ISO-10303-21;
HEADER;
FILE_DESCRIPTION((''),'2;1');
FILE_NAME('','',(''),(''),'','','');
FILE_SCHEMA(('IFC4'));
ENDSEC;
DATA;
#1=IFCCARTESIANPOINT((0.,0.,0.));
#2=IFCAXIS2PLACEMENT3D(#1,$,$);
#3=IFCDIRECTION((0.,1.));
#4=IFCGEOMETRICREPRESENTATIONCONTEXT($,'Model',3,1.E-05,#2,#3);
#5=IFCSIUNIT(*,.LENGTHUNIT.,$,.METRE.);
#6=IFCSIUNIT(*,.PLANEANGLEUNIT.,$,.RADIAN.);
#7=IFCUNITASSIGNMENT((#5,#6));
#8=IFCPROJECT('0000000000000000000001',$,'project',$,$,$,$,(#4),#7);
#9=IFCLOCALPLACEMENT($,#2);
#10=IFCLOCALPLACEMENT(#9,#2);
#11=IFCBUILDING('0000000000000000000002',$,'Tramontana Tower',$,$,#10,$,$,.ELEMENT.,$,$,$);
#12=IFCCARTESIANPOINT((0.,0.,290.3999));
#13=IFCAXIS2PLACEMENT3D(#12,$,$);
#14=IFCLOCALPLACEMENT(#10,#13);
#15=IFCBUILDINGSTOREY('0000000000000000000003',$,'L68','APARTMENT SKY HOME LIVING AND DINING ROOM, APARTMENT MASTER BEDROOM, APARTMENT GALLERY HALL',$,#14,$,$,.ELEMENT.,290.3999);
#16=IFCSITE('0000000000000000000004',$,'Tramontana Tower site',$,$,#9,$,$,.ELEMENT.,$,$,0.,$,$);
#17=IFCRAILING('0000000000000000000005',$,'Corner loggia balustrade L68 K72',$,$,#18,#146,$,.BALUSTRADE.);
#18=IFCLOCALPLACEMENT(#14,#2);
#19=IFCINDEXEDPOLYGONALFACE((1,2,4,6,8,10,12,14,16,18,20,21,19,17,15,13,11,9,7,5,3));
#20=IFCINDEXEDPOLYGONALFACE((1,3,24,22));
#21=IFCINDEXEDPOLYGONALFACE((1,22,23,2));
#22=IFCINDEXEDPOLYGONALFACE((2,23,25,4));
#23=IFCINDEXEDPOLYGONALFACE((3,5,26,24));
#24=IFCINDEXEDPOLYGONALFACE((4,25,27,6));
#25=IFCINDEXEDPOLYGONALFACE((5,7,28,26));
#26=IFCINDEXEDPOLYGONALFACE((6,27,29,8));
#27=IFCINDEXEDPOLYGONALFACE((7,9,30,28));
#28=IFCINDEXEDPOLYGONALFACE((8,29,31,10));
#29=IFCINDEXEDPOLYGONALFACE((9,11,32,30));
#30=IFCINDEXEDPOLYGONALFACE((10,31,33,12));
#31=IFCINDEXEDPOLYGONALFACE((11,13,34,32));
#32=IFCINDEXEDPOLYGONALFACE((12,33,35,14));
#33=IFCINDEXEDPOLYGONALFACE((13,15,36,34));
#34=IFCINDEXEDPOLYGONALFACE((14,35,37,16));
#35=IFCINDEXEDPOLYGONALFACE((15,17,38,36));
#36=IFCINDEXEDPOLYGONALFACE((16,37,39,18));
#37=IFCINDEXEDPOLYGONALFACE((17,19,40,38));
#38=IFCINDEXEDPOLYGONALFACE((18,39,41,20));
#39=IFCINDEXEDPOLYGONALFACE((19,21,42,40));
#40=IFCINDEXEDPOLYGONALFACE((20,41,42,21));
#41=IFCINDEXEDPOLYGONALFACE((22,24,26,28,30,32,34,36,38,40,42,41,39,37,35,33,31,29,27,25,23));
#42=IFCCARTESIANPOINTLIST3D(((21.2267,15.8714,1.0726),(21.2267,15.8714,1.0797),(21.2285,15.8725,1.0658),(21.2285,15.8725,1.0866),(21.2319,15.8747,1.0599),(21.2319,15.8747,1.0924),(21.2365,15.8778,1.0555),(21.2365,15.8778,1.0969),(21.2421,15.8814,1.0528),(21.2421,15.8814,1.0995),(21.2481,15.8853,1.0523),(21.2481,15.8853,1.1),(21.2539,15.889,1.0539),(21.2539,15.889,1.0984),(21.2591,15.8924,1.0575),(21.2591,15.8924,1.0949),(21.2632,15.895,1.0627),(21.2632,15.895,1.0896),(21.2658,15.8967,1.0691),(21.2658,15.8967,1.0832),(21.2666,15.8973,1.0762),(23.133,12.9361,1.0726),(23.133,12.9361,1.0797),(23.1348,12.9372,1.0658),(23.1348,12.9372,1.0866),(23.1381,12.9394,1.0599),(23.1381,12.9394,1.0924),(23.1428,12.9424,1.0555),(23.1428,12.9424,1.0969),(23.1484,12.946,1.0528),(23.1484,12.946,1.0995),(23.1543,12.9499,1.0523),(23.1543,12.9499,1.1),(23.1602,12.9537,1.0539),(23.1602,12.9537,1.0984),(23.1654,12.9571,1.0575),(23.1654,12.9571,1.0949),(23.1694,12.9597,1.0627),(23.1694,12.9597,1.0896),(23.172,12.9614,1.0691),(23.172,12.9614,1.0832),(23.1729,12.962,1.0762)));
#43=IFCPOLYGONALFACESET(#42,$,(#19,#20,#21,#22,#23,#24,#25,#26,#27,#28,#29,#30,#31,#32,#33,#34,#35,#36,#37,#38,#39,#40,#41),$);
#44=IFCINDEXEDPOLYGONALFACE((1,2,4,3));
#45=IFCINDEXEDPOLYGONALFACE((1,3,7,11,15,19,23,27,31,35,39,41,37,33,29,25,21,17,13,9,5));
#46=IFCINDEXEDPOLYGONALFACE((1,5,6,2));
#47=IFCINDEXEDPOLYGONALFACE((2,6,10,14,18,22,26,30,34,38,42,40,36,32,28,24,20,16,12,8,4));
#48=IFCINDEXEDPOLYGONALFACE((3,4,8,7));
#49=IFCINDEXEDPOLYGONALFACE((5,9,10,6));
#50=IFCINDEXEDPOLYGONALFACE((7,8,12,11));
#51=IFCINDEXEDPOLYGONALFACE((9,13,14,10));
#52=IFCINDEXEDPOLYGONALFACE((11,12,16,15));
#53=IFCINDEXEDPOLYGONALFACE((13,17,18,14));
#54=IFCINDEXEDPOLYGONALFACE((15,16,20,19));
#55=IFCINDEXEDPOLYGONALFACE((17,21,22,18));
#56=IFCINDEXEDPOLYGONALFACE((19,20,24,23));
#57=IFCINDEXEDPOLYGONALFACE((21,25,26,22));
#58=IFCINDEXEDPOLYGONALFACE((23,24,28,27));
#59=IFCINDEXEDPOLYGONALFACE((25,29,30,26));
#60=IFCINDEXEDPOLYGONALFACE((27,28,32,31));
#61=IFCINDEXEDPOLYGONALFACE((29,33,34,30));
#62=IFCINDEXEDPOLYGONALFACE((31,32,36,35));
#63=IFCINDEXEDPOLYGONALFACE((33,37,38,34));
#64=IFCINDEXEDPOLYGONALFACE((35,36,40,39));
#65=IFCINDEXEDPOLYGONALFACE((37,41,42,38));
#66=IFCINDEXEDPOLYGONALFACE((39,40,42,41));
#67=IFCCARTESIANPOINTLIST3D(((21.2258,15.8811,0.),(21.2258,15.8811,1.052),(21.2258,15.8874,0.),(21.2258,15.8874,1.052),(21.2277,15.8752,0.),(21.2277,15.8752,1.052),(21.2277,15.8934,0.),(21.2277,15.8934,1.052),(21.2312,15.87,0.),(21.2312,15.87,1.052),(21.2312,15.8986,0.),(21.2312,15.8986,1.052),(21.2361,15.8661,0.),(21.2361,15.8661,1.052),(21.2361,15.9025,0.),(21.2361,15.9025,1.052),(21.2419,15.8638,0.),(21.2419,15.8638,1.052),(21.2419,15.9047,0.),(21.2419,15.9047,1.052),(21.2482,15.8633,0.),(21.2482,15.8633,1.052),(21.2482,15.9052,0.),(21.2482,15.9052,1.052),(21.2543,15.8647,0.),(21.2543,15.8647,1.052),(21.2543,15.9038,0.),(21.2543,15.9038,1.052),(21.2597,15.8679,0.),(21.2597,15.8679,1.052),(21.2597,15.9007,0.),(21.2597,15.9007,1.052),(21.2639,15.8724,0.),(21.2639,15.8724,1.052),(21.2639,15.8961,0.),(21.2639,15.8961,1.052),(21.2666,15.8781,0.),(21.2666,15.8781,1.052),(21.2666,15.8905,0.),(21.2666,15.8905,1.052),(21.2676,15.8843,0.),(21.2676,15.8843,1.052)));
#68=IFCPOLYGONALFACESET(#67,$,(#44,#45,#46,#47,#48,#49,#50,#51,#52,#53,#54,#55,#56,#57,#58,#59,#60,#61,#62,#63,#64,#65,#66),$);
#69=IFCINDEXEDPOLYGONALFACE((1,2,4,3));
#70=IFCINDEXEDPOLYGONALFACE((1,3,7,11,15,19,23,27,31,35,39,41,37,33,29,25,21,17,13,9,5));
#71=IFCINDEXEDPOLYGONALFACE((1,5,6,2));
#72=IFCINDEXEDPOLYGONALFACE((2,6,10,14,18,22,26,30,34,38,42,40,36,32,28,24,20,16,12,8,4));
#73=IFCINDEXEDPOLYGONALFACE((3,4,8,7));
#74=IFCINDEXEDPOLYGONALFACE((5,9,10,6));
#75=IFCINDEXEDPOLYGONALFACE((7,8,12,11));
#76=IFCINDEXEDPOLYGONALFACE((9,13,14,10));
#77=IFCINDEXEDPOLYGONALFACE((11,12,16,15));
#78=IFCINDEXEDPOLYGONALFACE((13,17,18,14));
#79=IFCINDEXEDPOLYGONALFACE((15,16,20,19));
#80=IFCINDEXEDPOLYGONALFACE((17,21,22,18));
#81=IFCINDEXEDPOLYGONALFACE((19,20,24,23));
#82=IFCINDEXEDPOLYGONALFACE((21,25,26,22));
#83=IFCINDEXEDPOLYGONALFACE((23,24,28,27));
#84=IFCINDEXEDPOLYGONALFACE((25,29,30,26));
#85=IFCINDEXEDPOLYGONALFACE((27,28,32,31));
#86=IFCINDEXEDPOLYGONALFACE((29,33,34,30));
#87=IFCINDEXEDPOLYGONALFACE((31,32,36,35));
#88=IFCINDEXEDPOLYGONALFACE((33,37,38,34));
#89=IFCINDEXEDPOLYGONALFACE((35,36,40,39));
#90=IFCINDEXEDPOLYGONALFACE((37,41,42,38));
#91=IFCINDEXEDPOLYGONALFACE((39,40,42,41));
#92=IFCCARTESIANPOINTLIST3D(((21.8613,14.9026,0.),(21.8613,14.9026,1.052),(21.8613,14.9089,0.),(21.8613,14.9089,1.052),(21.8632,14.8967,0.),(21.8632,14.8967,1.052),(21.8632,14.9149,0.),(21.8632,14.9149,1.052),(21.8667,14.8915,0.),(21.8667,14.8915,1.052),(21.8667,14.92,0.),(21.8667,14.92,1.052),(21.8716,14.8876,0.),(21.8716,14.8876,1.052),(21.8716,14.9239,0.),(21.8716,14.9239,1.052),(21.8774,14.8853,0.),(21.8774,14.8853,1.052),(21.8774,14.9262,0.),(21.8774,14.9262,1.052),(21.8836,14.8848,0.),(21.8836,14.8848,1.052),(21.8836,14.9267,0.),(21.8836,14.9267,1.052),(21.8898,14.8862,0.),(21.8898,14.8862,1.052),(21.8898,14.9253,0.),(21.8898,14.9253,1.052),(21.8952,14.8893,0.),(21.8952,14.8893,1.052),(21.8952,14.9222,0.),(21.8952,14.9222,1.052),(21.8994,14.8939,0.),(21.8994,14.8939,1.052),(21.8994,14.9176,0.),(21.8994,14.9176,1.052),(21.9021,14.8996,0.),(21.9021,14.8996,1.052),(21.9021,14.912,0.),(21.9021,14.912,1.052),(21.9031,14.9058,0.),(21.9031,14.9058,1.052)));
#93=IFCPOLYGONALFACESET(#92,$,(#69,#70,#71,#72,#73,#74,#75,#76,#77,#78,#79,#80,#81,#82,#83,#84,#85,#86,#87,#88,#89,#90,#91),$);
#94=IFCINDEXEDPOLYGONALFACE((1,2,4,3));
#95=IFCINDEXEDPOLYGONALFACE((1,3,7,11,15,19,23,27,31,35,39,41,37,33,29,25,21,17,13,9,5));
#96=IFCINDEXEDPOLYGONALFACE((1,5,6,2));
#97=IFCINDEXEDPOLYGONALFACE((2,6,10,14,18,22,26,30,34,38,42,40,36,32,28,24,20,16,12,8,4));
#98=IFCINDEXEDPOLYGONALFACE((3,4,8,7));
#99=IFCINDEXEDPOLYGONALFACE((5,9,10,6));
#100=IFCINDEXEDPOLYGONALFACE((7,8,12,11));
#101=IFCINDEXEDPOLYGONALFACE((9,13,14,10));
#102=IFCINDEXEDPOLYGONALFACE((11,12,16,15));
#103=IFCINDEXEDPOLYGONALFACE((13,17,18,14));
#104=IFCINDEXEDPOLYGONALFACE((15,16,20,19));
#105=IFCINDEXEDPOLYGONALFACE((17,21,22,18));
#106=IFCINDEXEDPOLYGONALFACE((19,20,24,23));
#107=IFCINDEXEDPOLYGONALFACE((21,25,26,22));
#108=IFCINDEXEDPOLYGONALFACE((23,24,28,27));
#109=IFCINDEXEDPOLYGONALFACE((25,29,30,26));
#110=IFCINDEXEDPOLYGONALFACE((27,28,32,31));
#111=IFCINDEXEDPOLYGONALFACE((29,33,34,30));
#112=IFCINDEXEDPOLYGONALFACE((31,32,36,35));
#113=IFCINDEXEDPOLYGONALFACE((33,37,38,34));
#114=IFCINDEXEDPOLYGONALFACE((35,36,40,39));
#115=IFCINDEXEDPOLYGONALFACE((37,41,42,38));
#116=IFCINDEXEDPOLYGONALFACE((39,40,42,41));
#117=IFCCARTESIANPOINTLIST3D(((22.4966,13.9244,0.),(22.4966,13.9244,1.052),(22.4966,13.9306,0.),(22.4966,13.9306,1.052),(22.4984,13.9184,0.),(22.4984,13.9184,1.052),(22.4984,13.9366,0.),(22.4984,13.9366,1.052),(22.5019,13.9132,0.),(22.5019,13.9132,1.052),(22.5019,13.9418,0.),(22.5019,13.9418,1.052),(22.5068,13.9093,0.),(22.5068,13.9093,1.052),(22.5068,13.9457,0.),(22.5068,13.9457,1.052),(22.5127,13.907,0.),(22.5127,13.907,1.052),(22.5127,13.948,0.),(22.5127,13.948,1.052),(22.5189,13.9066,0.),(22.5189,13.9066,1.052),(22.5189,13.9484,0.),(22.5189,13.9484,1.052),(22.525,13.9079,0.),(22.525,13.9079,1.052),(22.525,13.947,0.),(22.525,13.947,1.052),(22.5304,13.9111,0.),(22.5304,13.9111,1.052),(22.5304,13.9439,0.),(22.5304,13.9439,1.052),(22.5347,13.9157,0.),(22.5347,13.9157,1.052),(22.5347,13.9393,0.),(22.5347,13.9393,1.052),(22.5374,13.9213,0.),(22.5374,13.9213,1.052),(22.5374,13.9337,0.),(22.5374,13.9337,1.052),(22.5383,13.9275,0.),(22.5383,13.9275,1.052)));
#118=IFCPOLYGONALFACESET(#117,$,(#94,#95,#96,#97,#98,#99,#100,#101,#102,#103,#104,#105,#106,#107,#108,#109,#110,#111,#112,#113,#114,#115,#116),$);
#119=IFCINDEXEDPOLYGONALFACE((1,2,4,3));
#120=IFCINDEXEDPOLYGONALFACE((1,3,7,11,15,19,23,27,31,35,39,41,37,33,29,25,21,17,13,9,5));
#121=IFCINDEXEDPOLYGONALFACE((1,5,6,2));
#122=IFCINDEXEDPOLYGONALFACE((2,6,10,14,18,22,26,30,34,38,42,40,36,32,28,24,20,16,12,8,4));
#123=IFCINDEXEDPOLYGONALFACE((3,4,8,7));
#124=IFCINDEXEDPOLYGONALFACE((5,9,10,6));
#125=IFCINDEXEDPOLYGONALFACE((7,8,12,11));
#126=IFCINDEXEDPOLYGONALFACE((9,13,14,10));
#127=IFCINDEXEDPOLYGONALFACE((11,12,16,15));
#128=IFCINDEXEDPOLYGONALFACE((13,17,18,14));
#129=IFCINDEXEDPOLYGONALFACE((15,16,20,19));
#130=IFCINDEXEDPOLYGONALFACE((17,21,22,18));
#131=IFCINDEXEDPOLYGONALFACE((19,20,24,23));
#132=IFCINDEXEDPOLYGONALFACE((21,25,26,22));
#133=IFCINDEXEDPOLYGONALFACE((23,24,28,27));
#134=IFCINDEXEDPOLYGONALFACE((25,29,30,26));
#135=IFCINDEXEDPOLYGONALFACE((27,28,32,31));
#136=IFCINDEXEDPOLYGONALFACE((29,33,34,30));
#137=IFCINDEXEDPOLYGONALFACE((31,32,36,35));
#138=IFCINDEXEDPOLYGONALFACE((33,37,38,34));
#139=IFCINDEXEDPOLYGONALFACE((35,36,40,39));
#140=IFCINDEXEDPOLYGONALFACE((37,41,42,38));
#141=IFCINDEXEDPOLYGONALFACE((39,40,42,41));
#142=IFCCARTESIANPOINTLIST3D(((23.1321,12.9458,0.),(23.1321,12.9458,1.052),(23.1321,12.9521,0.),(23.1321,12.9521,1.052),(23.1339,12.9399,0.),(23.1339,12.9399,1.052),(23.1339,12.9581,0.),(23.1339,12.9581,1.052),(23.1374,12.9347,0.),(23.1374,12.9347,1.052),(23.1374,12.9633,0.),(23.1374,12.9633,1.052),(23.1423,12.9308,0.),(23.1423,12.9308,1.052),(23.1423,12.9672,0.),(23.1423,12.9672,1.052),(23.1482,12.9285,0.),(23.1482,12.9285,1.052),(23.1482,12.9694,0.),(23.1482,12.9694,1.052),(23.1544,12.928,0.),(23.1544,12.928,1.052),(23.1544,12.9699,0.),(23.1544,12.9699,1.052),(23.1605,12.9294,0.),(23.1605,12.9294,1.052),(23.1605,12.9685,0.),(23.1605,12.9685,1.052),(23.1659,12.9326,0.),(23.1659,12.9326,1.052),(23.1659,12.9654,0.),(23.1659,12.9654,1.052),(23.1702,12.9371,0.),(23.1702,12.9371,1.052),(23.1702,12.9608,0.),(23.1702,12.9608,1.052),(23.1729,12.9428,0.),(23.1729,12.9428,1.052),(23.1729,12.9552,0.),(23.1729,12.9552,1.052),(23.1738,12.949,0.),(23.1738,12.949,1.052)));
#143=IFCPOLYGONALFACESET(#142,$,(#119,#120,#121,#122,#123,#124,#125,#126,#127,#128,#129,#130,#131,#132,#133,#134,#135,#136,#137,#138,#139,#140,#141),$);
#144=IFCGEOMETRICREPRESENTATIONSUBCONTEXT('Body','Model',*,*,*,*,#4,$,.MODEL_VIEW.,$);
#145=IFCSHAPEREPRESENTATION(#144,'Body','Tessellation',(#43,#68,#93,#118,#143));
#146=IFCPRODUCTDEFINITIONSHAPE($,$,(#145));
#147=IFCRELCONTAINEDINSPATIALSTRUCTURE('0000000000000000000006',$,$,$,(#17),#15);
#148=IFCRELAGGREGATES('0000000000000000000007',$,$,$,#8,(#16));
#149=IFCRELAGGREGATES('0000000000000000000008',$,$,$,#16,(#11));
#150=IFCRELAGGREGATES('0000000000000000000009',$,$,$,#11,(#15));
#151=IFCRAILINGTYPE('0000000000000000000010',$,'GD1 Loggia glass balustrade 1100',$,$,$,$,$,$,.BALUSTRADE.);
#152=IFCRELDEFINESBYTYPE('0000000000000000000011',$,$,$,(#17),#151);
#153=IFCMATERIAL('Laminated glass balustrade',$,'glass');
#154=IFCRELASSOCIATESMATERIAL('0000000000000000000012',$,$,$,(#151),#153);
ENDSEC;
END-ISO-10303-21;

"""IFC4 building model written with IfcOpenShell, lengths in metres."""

from ifc_helpers import new_model, si_unit, direction, frame, origin, origin_2d, place, context, subcontext, project, spatial, circle, extrude, material, type_object, element, save


model = new_model("IFC4")

# Units and contexts
model_context = context("Model", 3, precision=1e-05, world=origin(), true_north=direction((0.0, 1.0)))
body_context = subcontext(model_context, "Body", "Model", "MODEL_VIEW")
ifc_project = project(units=[si_unit("LENGTHUNIT", "METRE"), si_unit("PLANEANGLEUNIT", "RADIAN")], contexts=[model_context])

# Site, building, storey
site_placement = place(None, origin())
site = spatial("IfcSite", under=ifc_project, at=site_placement, Name="Tramontana Tower site", CompositionType="ELEMENT", RefElevation=0.0)
building_placement = place(site_placement, origin())
building = spatial("IfcBuilding", under=site, at=building_placement, Name="Tramontana Tower", CompositionType="ELEMENT")
storey_placement = place(building_placement, frame((0.0, 0.0, 290.3999)))
storey = spatial("IfcBuildingStorey", under=building, at=storey_placement, Name="L68", Description="APARTMENT SKY HOME LIVING AND DINING ROOM, APARTMENT MASTER BEDROOM, APARTMENT GALLERY HALL", CompositionType="ELEMENT", Elevation=290.3999)

# Railing
ifc_material_1 = material(Name="Laminated glass balustrade", Category="glass")
railing_type = type_object("IfcRailingType", Name="GD1 Loggia glass balustrade 1100", PredefinedType="BALUSTRADE", material=ifc_material_1)
railing_1_placement = place(storey_placement, frame((21.2466, 15.8843, 0.0)))
element("IfcRailing", 1, at=railing_1_placement, inside=storey, type_object=railing_type, Name="Corner loggia balustrade L68 K72", PredefinedType="BALUSTRADE", context=body_context, shape_type="SweptSolid", body=[
    extrude(circle(Radius=0.0239, at=origin_2d()), frame((0.0, 0.0, 1.0762), z_axis=(0.544647, -0.838665, 0.0), x_axis=(0.838665, 0.544647, 0.0)), (0.0, 0.0, 1.0), 3.5),
    extrude(circle(Radius=0.021, at=origin_2d()), origin(), (0.0, 0.0, 1.0), 1.052),
    extrude(circle(Radius=0.021, at=origin_2d()), frame((0.6355, -0.9785, 0.0)), (0.0, 0.0, 1.0), 1.052),
    extrude(circle(Radius=0.021, at=origin_2d()), frame((1.2708, -1.9568, 0.0)), (0.0, 0.0, 1.0), 1.052),
    extrude(circle(Radius=0.021, at=origin_2d()), frame((1.9062, -2.9353, 0.0)), (0.0, 0.0, 1.0), 1.052),
])

save(model, "model.ifc")
